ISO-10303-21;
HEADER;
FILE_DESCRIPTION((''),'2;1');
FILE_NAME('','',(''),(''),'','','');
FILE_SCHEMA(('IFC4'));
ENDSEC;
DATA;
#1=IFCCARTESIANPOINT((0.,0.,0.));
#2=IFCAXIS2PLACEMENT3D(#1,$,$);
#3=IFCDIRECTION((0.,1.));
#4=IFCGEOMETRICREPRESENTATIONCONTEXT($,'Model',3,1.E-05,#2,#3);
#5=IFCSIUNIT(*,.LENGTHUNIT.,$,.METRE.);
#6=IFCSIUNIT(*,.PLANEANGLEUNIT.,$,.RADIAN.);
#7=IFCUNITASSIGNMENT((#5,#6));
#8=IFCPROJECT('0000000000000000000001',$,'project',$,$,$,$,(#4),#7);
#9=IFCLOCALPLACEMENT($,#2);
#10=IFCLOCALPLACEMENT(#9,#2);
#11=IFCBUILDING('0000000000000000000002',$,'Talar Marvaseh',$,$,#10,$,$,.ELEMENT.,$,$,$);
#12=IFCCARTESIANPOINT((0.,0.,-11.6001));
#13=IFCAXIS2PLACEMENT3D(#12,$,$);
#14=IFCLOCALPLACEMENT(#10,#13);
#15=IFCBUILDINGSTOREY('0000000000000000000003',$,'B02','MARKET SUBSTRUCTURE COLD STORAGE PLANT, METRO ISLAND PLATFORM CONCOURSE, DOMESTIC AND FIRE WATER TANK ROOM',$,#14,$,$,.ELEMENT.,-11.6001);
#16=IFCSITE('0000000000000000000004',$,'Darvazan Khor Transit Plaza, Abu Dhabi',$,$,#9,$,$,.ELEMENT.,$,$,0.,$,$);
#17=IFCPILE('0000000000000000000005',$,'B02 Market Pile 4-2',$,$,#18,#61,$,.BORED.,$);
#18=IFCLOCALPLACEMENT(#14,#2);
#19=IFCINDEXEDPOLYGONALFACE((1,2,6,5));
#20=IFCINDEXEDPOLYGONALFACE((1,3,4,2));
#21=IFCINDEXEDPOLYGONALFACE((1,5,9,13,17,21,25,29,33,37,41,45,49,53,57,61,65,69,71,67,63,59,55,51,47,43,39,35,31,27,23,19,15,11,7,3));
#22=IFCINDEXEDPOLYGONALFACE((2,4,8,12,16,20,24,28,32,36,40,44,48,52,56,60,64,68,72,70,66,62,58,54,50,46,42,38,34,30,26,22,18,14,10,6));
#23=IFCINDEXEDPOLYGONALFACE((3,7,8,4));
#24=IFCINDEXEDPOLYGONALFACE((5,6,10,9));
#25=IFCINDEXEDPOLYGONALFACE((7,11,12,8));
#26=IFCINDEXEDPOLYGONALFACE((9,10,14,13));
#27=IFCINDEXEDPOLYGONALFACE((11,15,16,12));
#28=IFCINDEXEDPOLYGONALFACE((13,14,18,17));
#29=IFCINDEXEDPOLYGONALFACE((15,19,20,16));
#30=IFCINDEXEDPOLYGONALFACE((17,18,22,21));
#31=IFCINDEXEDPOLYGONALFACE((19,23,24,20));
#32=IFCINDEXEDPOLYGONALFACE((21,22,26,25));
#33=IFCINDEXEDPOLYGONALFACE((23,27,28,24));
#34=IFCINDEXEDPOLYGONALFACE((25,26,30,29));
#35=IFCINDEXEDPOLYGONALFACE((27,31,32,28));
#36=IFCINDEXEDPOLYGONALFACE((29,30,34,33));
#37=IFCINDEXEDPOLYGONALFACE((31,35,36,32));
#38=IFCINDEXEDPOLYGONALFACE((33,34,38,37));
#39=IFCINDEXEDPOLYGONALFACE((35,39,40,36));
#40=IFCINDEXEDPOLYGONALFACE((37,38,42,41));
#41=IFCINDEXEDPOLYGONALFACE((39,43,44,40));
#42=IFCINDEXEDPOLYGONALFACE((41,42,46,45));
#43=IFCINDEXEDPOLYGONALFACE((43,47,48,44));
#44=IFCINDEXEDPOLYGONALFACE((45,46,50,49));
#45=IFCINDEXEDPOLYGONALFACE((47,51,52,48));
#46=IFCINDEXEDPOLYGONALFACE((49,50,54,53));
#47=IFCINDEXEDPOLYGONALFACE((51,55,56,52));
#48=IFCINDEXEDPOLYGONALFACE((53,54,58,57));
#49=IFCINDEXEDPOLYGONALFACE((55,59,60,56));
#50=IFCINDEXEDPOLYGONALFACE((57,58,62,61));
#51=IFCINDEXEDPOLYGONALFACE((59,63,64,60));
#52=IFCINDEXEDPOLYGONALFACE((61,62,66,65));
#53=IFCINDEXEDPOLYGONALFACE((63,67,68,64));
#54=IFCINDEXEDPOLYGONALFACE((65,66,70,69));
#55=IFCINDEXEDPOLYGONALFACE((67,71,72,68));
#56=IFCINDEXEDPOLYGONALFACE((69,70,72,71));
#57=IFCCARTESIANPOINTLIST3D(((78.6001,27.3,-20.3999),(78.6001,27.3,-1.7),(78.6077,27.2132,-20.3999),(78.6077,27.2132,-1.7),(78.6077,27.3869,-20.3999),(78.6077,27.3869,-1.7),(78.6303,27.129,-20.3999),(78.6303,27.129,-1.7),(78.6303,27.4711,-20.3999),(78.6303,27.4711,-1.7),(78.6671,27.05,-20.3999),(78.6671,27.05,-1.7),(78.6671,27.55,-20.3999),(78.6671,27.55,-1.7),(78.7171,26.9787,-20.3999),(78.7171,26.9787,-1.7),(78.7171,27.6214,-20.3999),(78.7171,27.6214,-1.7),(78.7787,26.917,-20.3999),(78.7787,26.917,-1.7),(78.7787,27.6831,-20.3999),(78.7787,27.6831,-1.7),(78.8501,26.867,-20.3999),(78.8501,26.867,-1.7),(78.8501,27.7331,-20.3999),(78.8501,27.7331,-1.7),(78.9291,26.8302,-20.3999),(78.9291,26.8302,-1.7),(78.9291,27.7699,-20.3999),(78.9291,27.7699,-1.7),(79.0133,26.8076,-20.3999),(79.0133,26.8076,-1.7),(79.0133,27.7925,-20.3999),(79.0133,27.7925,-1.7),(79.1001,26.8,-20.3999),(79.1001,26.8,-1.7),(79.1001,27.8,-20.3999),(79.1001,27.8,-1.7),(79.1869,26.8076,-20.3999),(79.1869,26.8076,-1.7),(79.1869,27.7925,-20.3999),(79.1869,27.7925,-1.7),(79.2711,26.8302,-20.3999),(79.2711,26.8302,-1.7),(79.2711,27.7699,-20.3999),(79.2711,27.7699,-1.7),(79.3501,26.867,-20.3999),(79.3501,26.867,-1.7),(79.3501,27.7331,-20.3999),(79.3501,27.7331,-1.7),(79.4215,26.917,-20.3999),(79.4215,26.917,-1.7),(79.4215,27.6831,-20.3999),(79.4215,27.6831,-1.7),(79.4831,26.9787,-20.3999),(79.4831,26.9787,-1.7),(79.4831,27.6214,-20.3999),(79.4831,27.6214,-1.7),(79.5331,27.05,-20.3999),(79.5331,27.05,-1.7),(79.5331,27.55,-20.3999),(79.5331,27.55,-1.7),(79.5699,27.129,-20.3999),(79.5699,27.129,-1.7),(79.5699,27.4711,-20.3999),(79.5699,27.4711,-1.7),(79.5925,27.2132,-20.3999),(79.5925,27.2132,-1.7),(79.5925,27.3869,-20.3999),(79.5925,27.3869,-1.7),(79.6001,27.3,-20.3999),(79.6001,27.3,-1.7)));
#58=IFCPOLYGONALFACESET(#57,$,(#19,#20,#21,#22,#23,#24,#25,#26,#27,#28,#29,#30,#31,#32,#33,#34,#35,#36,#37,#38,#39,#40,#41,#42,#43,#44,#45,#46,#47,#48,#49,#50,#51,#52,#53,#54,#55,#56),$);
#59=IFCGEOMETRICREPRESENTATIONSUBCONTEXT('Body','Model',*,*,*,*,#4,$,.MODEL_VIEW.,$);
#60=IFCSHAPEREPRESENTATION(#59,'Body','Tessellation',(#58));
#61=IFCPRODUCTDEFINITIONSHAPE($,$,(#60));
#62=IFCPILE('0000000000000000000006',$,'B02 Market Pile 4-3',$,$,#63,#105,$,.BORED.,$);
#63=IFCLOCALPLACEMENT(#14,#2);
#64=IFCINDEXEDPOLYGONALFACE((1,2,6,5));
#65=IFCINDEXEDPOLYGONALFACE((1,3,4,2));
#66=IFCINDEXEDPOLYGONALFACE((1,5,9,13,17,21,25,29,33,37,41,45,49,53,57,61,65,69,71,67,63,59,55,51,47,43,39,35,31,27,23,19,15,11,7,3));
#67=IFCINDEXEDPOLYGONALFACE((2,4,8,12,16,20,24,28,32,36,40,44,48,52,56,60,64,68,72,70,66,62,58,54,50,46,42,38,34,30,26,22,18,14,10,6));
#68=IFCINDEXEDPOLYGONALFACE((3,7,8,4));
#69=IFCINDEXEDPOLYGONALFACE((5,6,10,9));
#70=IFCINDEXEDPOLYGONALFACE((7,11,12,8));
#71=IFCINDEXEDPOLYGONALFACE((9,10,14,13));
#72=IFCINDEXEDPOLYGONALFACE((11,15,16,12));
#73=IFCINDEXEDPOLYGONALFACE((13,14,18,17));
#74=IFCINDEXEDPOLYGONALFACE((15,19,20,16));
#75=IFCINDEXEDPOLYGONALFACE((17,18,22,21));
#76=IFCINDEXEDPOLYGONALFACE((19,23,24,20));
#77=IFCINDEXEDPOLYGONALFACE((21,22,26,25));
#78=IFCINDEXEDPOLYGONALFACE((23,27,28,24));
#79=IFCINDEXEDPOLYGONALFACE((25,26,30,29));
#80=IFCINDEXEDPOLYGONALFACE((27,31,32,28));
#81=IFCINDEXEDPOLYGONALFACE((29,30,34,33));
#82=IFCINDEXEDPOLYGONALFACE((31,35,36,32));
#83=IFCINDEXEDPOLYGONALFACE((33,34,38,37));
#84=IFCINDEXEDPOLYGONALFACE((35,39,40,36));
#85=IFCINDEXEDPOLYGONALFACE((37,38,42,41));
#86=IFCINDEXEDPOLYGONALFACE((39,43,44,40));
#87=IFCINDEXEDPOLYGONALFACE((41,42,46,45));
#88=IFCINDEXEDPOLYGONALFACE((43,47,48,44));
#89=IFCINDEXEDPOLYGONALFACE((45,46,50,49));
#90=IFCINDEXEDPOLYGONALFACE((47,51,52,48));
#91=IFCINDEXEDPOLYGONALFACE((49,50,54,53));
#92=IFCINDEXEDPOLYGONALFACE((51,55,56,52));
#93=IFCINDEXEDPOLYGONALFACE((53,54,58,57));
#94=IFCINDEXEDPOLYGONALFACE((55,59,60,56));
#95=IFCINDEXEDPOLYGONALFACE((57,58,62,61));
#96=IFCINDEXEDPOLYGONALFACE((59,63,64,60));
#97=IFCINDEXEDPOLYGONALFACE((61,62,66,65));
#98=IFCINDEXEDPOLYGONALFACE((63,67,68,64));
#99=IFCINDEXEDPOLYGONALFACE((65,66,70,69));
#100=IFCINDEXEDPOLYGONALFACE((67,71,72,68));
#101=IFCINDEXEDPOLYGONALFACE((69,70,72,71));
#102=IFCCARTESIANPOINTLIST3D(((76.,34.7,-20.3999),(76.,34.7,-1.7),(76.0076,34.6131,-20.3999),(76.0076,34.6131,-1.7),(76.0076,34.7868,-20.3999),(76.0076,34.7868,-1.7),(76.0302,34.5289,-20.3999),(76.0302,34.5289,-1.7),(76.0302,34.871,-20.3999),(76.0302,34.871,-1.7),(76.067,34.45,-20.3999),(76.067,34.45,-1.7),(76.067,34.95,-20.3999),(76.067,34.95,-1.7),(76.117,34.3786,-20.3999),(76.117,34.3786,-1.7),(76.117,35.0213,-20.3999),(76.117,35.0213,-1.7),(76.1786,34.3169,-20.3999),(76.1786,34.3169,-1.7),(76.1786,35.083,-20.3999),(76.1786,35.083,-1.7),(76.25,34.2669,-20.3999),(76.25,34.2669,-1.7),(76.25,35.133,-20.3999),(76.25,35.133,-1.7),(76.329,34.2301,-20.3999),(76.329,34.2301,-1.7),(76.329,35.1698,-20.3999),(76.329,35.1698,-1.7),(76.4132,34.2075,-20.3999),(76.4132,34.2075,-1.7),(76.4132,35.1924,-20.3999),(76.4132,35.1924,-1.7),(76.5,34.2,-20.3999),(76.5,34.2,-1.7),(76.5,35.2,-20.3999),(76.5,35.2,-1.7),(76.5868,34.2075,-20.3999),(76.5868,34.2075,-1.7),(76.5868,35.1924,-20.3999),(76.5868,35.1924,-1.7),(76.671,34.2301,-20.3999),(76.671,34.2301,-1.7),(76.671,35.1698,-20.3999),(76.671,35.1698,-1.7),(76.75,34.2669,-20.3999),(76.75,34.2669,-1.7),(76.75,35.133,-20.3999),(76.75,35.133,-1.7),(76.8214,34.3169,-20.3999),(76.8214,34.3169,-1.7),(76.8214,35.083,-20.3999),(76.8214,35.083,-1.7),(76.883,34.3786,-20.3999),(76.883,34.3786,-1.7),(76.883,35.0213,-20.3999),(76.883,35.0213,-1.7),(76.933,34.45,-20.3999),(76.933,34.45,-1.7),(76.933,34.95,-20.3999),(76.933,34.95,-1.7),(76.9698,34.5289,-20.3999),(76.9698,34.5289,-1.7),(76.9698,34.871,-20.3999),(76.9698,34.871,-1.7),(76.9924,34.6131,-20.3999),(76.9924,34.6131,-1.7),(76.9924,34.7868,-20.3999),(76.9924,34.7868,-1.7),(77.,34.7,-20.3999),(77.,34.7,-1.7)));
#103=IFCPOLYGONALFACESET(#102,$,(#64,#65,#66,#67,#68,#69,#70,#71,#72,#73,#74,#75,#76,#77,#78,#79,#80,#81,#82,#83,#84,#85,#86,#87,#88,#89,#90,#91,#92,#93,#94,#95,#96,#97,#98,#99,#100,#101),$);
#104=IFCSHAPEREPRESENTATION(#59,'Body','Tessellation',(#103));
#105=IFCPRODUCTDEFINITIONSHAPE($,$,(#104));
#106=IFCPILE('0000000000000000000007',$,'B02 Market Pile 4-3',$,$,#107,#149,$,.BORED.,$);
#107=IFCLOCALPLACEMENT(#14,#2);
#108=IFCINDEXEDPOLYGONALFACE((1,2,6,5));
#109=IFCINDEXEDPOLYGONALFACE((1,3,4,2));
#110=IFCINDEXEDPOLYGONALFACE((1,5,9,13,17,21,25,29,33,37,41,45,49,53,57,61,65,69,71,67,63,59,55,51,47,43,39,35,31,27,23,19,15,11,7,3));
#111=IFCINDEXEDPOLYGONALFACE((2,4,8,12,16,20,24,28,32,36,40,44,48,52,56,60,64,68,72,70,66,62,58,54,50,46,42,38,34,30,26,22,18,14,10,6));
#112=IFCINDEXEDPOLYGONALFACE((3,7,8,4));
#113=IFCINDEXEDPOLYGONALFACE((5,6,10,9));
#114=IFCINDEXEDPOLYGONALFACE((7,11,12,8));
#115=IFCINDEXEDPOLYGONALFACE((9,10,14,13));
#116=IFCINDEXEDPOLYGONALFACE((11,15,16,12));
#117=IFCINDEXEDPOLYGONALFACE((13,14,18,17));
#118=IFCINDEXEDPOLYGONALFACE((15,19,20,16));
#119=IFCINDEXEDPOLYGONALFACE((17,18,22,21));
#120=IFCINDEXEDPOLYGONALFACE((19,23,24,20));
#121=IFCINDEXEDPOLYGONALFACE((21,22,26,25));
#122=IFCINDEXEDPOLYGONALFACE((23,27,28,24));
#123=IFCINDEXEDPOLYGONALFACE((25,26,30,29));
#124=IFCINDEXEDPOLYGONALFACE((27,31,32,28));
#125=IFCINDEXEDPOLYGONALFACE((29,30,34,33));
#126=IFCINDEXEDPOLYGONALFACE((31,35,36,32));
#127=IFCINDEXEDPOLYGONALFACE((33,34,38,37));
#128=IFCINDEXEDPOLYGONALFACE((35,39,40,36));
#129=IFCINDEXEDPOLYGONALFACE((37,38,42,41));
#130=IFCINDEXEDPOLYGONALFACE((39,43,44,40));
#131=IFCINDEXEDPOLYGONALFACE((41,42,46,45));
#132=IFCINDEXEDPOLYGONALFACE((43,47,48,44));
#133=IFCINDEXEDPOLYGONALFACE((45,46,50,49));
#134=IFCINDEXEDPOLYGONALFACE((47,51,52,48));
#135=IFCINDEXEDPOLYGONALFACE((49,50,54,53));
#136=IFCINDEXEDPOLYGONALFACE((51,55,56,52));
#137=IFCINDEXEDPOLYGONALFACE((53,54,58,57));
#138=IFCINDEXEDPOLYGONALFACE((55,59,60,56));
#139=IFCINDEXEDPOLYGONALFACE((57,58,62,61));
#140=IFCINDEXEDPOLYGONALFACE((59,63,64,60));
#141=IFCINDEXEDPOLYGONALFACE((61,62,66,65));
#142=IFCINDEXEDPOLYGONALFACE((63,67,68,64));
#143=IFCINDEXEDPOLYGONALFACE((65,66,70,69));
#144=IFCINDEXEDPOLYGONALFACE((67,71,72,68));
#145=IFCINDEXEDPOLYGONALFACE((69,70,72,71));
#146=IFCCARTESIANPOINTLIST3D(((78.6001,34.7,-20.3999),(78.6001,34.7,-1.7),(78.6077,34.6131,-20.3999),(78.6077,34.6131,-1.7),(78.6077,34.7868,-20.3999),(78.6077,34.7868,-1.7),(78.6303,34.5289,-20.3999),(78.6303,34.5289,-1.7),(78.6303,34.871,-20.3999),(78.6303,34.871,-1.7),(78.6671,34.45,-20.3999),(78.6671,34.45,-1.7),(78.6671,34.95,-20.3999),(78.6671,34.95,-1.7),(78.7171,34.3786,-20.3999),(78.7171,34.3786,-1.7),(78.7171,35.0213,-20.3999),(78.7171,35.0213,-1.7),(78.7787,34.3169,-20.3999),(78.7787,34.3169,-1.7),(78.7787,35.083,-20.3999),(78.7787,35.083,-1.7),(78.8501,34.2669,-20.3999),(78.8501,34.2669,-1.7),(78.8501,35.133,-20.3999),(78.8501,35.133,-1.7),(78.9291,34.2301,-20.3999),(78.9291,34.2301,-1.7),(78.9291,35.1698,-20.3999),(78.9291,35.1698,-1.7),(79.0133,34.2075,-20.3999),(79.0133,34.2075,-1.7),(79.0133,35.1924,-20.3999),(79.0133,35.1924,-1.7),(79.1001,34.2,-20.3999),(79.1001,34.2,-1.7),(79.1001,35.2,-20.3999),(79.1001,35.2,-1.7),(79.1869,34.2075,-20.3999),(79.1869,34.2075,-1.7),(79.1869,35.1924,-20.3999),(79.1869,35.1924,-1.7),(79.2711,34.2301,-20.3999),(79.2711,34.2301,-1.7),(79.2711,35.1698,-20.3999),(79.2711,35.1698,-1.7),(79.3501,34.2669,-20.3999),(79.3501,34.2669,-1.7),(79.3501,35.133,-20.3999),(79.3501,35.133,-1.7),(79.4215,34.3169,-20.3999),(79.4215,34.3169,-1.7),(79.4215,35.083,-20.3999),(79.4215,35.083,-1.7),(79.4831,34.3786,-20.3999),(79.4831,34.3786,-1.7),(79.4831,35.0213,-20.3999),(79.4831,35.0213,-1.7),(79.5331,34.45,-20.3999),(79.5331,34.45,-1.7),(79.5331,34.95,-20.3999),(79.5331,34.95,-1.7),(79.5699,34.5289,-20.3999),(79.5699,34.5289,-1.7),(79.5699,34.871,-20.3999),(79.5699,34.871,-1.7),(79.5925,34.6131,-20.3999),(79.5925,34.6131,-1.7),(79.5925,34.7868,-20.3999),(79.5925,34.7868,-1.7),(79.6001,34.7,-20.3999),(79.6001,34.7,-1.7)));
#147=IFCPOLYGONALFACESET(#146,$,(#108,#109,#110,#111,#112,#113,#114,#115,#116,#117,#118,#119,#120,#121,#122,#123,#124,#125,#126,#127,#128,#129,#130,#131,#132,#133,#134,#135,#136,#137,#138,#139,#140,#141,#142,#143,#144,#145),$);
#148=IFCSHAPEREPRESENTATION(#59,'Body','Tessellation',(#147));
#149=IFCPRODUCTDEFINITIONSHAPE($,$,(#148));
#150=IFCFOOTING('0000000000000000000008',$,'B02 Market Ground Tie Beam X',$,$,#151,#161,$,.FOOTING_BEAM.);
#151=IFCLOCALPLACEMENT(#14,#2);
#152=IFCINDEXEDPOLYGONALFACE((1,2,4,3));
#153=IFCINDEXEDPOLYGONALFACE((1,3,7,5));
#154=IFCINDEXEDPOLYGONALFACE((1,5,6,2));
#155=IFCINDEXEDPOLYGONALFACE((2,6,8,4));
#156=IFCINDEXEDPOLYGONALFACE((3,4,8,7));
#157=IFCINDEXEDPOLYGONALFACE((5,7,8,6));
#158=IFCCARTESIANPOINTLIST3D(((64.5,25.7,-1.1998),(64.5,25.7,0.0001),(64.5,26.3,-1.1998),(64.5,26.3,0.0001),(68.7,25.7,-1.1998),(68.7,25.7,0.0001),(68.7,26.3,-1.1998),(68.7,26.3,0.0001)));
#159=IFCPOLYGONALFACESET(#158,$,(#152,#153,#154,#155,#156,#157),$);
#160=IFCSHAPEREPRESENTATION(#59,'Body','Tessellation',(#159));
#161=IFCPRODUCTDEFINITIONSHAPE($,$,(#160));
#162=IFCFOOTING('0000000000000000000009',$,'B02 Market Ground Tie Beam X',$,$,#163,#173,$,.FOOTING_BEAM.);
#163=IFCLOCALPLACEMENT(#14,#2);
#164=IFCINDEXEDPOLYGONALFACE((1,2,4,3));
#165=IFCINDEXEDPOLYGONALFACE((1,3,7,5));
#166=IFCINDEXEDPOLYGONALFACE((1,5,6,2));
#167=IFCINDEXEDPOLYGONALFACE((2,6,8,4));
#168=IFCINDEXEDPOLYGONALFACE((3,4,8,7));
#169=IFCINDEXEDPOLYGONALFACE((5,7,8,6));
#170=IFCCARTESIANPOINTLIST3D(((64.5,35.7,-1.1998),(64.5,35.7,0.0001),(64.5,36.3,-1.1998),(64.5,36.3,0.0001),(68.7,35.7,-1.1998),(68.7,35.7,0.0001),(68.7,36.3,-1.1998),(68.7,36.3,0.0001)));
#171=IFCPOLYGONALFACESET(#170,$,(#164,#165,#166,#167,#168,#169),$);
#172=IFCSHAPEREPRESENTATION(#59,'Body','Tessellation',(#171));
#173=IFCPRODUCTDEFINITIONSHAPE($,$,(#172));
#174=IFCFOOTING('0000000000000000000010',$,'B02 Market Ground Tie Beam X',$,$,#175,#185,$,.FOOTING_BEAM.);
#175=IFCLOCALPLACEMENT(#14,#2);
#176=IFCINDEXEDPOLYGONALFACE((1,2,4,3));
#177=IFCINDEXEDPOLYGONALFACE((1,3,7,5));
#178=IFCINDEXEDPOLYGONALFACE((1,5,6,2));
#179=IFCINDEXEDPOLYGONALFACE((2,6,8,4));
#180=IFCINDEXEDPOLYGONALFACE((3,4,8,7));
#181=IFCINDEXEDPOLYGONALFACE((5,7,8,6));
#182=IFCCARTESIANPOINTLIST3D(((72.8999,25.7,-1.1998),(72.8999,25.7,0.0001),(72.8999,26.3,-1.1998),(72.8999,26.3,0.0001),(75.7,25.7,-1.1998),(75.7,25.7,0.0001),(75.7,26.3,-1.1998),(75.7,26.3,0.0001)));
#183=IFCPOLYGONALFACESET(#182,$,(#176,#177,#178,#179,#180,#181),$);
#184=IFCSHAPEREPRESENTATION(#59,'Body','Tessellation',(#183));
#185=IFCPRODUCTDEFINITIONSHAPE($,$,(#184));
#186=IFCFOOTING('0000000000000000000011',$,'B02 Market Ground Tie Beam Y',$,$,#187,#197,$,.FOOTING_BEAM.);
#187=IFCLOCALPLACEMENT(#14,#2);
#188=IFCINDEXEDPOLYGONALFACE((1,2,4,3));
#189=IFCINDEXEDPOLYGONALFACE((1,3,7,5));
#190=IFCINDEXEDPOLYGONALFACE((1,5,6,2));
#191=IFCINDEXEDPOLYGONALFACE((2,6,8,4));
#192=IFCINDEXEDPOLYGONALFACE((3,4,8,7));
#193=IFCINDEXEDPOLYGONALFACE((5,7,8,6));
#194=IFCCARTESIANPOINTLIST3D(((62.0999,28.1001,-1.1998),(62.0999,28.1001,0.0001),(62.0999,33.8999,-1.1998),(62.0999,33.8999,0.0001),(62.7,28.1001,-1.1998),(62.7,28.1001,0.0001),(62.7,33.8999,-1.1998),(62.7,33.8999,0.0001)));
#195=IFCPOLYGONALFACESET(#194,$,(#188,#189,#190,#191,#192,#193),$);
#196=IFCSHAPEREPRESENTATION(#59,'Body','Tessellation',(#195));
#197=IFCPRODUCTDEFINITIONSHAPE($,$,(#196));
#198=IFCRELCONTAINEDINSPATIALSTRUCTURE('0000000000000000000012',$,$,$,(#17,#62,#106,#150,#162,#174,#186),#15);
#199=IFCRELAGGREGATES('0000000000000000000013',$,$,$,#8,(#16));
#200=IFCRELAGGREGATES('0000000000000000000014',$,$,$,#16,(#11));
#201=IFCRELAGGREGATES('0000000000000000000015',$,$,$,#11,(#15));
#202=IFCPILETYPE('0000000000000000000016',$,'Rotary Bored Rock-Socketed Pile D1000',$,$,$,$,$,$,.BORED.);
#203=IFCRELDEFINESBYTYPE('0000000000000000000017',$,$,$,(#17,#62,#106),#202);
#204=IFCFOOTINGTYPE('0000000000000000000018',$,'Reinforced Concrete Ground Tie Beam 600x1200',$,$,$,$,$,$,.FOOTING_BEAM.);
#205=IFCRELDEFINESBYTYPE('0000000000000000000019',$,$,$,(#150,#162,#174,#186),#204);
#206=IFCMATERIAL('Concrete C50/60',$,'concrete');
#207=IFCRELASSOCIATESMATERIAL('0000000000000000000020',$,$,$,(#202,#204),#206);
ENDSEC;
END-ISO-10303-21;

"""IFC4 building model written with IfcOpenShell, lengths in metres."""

from ifc_helpers import new_model, si_unit, direction, frame, origin, origin_2d, place, context, subcontext, project, spatial, rectangle, circle, extrude, source, transform, mapped, material, material_profile, profile_set, type_object, type_shapes, element, save


model = new_model("IFC4")

# Units and contexts
model_context = context("Model", 3, precision=1e-05, world=origin(), true_north=direction((0.0, 1.0)))
body_context = subcontext(model_context, "Body", "Model", "MODEL_VIEW")
ifc_project = project(units=[si_unit("LENGTHUNIT", "METRE"), si_unit("PLANEANGLEUNIT", "RADIAN")], contexts=[model_context])

# Site, building, storey
site_placement = place(None, origin())
site = spatial("IfcSite", under=ifc_project, at=site_placement, Name="Darvazan Khor Transit Plaza, Abu Dhabi", CompositionType="ELEMENT", RefElevation=0.0)
building_placement = place(site_placement, origin())
building = spatial("IfcBuilding", under=site, at=building_placement, Name="Talar Marvaseh", CompositionType="ELEMENT")
storey_placement = place(building_placement, frame((0.0, 0.0, -11.6001)))
storey = spatial("IfcBuildingStorey", under=building, at=storey_placement, Name="B02", Description="MARKET SUBSTRUCTURE COLD STORAGE PLANT, METRO ISLAND PLATFORM CONCOURSE, DOMESTIC AND FIRE WATER TANK ROOM", CompositionType="ELEMENT", Elevation=-11.6001)

# Shared definitions
ifc_material_1 = material(Name="Concrete C50/60", Category="concrete")

# Piles
ifc_material_profile_1 = material_profile(ifc_material_1, circle(Radius=0.5, at=origin_2d()), Name="PILE-D1000")
ifc_profile_set_1 = profile_set([ifc_material_profile_1], Name="Concrete C50/60")
pile_type = type_object("IfcPileType", Name="Rotary Bored Rock-Socketed Pile D1000", PredefinedType="BORED", material=ifc_profile_set_1)
shared_shape_1 = source(origin(), body_context, "Body", "SweptSolid", [
    extrude(circle(Radius=0.5, at=origin_2d()), origin(), (0.0, 0.0, 1.0), 18.7),
])
type_shapes(pile_type, [shared_shape_1])
for number, where, z_axis, x_axis, name in (
    (1, (79.1001, 27.3, -1.7), (0.0, 0.0, -1.0), (1.0, 0.0, 0.0), "B02 Market Pile 4-2"),
    (2, (76.5, 34.7, -1.7), (0.0, 0.0, -1.0), (1.0, 0.0, 0.0), "B02 Market Pile 4-3"),
    (3, (79.1001, 34.7, -1.7), (0.0, 0.0, -1.0), (1.0, 0.0, 0.0), "B02 Market Pile 4-3"),
):
    element("IfcPile", number, at=place(storey_placement, frame(where, z_axis=z_axis, x_axis=x_axis)), inside=storey, type_object=pile_type, Name=name, PredefinedType="BORED", context=body_context, shape_type="MappedRepresentation", body=[
        mapped(shared_shape_1, transform((0.0, 0.0, 0.0), x_axis=(1.0, 0.0, 0.0), y_axis=(0.0, 1.0, 0.0), z_axis=(0.0, 0.0, 1.0), scale=1.0)),
    ])

# Footings
ifc_material_profile_2 = material_profile(ifc_material_1, rectangle(XDim=0.6001, YDim=1.2, at=origin_2d()), Name="RC600x1200")
ifc_profile_set_2 = profile_set([ifc_material_profile_2], Name="Concrete C50/60")
footing_type_1 = type_object("IfcFootingType", Name="Reinforced Concrete Ground Tie Beam 600x1200", PredefinedType="FOOTING_BEAM", material=ifc_profile_set_2)
shared_shape_2 = source(origin(), body_context, "Body", "SweptSolid", [
    extrude(rectangle(XDim=0.6001, YDim=1.2, at=origin_2d()), origin(), (0.0, 0.0, 1.0), 4.2),
])
for number, where, z_axis, x_axis, name in (
    (4, (64.5, 26.0, -0.5999), (1.0, 0.0, 0.0), (0.0, 1.0, 0.0), "B02 Market Ground Tie Beam X"),
    (5, (64.5, 36.0, -0.5999), (1.0, 0.0, 0.0), (0.0, 1.0, 0.0), "B02 Market Ground Tie Beam X"),
):
    element("IfcFooting", number, at=place(storey_placement, frame(where, z_axis=z_axis, x_axis=x_axis)), inside=storey, type_object=footing_type_1, Name=name, PredefinedType="FOOTING_BEAM", context=body_context, shape_type="MappedRepresentation", body=[
        mapped(shared_shape_2, transform((0.0, 0.0, 0.0), x_axis=(1.0, 0.0, 0.0), y_axis=(0.0, 1.0, 0.0), z_axis=(0.0, 0.0, 1.0), scale=1.0)),
    ])
shared_shape_3 = source(origin(), body_context, "Body", "SweptSolid", [
    extrude(rectangle(XDim=0.6001, YDim=1.2, at=origin_2d()), origin(), (0.0, 0.0, 1.0), 2.8),
])
footing_1_placement = place(storey_placement, frame((72.8999, 26.0, -0.5999), z_axis=(1.0, 0.0, 0.0), x_axis=(0.0, 1.0, 0.0)))
element("IfcFooting", 6, at=footing_1_placement, inside=storey, type_object=footing_type_1, Name="B02 Market Ground Tie Beam X", PredefinedType="FOOTING_BEAM", context=body_context, shape_type="MappedRepresentation", body=[
    mapped(shared_shape_3, transform((0.0, 0.0, 0.0), x_axis=(1.0, 0.0, 0.0), y_axis=(0.0, 1.0, 0.0), z_axis=(0.0, 0.0, 1.0), scale=1.0)),
])
shared_shape_4 = source(origin(), body_context, "Body", "SweptSolid", [
    extrude(rectangle(XDim=0.6001, YDim=1.2, at=origin_2d()), origin(), (0.0, 0.0, 1.0), 5.7998),
])
type_shapes(footing_type_1, [shared_shape_2, shared_shape_3, shared_shape_4])
for number, where, z_axis, x_axis, name in (
    (7, (62.3999, 28.1001, -0.5999), (0.0, 1.0, 0.0), (-1.0, 0.0, 0.0), "B02 Market Ground Tie Beam Y"),
):
    element("IfcFooting", number, at=place(storey_placement, frame(where, z_axis=z_axis, x_axis=x_axis)), inside=storey, type_object=footing_type_1, Name=name, PredefinedType="FOOTING_BEAM", context=body_context, shape_type="MappedRepresentation", body=[
        mapped(shared_shape_4, transform((0.0, 0.0, 0.0), x_axis=(1.0, 0.0, 0.0), y_axis=(0.0, 1.0, 0.0), z_axis=(0.0, 0.0, 1.0), scale=1.0)),
    ])

save(model, "model.ifc")
